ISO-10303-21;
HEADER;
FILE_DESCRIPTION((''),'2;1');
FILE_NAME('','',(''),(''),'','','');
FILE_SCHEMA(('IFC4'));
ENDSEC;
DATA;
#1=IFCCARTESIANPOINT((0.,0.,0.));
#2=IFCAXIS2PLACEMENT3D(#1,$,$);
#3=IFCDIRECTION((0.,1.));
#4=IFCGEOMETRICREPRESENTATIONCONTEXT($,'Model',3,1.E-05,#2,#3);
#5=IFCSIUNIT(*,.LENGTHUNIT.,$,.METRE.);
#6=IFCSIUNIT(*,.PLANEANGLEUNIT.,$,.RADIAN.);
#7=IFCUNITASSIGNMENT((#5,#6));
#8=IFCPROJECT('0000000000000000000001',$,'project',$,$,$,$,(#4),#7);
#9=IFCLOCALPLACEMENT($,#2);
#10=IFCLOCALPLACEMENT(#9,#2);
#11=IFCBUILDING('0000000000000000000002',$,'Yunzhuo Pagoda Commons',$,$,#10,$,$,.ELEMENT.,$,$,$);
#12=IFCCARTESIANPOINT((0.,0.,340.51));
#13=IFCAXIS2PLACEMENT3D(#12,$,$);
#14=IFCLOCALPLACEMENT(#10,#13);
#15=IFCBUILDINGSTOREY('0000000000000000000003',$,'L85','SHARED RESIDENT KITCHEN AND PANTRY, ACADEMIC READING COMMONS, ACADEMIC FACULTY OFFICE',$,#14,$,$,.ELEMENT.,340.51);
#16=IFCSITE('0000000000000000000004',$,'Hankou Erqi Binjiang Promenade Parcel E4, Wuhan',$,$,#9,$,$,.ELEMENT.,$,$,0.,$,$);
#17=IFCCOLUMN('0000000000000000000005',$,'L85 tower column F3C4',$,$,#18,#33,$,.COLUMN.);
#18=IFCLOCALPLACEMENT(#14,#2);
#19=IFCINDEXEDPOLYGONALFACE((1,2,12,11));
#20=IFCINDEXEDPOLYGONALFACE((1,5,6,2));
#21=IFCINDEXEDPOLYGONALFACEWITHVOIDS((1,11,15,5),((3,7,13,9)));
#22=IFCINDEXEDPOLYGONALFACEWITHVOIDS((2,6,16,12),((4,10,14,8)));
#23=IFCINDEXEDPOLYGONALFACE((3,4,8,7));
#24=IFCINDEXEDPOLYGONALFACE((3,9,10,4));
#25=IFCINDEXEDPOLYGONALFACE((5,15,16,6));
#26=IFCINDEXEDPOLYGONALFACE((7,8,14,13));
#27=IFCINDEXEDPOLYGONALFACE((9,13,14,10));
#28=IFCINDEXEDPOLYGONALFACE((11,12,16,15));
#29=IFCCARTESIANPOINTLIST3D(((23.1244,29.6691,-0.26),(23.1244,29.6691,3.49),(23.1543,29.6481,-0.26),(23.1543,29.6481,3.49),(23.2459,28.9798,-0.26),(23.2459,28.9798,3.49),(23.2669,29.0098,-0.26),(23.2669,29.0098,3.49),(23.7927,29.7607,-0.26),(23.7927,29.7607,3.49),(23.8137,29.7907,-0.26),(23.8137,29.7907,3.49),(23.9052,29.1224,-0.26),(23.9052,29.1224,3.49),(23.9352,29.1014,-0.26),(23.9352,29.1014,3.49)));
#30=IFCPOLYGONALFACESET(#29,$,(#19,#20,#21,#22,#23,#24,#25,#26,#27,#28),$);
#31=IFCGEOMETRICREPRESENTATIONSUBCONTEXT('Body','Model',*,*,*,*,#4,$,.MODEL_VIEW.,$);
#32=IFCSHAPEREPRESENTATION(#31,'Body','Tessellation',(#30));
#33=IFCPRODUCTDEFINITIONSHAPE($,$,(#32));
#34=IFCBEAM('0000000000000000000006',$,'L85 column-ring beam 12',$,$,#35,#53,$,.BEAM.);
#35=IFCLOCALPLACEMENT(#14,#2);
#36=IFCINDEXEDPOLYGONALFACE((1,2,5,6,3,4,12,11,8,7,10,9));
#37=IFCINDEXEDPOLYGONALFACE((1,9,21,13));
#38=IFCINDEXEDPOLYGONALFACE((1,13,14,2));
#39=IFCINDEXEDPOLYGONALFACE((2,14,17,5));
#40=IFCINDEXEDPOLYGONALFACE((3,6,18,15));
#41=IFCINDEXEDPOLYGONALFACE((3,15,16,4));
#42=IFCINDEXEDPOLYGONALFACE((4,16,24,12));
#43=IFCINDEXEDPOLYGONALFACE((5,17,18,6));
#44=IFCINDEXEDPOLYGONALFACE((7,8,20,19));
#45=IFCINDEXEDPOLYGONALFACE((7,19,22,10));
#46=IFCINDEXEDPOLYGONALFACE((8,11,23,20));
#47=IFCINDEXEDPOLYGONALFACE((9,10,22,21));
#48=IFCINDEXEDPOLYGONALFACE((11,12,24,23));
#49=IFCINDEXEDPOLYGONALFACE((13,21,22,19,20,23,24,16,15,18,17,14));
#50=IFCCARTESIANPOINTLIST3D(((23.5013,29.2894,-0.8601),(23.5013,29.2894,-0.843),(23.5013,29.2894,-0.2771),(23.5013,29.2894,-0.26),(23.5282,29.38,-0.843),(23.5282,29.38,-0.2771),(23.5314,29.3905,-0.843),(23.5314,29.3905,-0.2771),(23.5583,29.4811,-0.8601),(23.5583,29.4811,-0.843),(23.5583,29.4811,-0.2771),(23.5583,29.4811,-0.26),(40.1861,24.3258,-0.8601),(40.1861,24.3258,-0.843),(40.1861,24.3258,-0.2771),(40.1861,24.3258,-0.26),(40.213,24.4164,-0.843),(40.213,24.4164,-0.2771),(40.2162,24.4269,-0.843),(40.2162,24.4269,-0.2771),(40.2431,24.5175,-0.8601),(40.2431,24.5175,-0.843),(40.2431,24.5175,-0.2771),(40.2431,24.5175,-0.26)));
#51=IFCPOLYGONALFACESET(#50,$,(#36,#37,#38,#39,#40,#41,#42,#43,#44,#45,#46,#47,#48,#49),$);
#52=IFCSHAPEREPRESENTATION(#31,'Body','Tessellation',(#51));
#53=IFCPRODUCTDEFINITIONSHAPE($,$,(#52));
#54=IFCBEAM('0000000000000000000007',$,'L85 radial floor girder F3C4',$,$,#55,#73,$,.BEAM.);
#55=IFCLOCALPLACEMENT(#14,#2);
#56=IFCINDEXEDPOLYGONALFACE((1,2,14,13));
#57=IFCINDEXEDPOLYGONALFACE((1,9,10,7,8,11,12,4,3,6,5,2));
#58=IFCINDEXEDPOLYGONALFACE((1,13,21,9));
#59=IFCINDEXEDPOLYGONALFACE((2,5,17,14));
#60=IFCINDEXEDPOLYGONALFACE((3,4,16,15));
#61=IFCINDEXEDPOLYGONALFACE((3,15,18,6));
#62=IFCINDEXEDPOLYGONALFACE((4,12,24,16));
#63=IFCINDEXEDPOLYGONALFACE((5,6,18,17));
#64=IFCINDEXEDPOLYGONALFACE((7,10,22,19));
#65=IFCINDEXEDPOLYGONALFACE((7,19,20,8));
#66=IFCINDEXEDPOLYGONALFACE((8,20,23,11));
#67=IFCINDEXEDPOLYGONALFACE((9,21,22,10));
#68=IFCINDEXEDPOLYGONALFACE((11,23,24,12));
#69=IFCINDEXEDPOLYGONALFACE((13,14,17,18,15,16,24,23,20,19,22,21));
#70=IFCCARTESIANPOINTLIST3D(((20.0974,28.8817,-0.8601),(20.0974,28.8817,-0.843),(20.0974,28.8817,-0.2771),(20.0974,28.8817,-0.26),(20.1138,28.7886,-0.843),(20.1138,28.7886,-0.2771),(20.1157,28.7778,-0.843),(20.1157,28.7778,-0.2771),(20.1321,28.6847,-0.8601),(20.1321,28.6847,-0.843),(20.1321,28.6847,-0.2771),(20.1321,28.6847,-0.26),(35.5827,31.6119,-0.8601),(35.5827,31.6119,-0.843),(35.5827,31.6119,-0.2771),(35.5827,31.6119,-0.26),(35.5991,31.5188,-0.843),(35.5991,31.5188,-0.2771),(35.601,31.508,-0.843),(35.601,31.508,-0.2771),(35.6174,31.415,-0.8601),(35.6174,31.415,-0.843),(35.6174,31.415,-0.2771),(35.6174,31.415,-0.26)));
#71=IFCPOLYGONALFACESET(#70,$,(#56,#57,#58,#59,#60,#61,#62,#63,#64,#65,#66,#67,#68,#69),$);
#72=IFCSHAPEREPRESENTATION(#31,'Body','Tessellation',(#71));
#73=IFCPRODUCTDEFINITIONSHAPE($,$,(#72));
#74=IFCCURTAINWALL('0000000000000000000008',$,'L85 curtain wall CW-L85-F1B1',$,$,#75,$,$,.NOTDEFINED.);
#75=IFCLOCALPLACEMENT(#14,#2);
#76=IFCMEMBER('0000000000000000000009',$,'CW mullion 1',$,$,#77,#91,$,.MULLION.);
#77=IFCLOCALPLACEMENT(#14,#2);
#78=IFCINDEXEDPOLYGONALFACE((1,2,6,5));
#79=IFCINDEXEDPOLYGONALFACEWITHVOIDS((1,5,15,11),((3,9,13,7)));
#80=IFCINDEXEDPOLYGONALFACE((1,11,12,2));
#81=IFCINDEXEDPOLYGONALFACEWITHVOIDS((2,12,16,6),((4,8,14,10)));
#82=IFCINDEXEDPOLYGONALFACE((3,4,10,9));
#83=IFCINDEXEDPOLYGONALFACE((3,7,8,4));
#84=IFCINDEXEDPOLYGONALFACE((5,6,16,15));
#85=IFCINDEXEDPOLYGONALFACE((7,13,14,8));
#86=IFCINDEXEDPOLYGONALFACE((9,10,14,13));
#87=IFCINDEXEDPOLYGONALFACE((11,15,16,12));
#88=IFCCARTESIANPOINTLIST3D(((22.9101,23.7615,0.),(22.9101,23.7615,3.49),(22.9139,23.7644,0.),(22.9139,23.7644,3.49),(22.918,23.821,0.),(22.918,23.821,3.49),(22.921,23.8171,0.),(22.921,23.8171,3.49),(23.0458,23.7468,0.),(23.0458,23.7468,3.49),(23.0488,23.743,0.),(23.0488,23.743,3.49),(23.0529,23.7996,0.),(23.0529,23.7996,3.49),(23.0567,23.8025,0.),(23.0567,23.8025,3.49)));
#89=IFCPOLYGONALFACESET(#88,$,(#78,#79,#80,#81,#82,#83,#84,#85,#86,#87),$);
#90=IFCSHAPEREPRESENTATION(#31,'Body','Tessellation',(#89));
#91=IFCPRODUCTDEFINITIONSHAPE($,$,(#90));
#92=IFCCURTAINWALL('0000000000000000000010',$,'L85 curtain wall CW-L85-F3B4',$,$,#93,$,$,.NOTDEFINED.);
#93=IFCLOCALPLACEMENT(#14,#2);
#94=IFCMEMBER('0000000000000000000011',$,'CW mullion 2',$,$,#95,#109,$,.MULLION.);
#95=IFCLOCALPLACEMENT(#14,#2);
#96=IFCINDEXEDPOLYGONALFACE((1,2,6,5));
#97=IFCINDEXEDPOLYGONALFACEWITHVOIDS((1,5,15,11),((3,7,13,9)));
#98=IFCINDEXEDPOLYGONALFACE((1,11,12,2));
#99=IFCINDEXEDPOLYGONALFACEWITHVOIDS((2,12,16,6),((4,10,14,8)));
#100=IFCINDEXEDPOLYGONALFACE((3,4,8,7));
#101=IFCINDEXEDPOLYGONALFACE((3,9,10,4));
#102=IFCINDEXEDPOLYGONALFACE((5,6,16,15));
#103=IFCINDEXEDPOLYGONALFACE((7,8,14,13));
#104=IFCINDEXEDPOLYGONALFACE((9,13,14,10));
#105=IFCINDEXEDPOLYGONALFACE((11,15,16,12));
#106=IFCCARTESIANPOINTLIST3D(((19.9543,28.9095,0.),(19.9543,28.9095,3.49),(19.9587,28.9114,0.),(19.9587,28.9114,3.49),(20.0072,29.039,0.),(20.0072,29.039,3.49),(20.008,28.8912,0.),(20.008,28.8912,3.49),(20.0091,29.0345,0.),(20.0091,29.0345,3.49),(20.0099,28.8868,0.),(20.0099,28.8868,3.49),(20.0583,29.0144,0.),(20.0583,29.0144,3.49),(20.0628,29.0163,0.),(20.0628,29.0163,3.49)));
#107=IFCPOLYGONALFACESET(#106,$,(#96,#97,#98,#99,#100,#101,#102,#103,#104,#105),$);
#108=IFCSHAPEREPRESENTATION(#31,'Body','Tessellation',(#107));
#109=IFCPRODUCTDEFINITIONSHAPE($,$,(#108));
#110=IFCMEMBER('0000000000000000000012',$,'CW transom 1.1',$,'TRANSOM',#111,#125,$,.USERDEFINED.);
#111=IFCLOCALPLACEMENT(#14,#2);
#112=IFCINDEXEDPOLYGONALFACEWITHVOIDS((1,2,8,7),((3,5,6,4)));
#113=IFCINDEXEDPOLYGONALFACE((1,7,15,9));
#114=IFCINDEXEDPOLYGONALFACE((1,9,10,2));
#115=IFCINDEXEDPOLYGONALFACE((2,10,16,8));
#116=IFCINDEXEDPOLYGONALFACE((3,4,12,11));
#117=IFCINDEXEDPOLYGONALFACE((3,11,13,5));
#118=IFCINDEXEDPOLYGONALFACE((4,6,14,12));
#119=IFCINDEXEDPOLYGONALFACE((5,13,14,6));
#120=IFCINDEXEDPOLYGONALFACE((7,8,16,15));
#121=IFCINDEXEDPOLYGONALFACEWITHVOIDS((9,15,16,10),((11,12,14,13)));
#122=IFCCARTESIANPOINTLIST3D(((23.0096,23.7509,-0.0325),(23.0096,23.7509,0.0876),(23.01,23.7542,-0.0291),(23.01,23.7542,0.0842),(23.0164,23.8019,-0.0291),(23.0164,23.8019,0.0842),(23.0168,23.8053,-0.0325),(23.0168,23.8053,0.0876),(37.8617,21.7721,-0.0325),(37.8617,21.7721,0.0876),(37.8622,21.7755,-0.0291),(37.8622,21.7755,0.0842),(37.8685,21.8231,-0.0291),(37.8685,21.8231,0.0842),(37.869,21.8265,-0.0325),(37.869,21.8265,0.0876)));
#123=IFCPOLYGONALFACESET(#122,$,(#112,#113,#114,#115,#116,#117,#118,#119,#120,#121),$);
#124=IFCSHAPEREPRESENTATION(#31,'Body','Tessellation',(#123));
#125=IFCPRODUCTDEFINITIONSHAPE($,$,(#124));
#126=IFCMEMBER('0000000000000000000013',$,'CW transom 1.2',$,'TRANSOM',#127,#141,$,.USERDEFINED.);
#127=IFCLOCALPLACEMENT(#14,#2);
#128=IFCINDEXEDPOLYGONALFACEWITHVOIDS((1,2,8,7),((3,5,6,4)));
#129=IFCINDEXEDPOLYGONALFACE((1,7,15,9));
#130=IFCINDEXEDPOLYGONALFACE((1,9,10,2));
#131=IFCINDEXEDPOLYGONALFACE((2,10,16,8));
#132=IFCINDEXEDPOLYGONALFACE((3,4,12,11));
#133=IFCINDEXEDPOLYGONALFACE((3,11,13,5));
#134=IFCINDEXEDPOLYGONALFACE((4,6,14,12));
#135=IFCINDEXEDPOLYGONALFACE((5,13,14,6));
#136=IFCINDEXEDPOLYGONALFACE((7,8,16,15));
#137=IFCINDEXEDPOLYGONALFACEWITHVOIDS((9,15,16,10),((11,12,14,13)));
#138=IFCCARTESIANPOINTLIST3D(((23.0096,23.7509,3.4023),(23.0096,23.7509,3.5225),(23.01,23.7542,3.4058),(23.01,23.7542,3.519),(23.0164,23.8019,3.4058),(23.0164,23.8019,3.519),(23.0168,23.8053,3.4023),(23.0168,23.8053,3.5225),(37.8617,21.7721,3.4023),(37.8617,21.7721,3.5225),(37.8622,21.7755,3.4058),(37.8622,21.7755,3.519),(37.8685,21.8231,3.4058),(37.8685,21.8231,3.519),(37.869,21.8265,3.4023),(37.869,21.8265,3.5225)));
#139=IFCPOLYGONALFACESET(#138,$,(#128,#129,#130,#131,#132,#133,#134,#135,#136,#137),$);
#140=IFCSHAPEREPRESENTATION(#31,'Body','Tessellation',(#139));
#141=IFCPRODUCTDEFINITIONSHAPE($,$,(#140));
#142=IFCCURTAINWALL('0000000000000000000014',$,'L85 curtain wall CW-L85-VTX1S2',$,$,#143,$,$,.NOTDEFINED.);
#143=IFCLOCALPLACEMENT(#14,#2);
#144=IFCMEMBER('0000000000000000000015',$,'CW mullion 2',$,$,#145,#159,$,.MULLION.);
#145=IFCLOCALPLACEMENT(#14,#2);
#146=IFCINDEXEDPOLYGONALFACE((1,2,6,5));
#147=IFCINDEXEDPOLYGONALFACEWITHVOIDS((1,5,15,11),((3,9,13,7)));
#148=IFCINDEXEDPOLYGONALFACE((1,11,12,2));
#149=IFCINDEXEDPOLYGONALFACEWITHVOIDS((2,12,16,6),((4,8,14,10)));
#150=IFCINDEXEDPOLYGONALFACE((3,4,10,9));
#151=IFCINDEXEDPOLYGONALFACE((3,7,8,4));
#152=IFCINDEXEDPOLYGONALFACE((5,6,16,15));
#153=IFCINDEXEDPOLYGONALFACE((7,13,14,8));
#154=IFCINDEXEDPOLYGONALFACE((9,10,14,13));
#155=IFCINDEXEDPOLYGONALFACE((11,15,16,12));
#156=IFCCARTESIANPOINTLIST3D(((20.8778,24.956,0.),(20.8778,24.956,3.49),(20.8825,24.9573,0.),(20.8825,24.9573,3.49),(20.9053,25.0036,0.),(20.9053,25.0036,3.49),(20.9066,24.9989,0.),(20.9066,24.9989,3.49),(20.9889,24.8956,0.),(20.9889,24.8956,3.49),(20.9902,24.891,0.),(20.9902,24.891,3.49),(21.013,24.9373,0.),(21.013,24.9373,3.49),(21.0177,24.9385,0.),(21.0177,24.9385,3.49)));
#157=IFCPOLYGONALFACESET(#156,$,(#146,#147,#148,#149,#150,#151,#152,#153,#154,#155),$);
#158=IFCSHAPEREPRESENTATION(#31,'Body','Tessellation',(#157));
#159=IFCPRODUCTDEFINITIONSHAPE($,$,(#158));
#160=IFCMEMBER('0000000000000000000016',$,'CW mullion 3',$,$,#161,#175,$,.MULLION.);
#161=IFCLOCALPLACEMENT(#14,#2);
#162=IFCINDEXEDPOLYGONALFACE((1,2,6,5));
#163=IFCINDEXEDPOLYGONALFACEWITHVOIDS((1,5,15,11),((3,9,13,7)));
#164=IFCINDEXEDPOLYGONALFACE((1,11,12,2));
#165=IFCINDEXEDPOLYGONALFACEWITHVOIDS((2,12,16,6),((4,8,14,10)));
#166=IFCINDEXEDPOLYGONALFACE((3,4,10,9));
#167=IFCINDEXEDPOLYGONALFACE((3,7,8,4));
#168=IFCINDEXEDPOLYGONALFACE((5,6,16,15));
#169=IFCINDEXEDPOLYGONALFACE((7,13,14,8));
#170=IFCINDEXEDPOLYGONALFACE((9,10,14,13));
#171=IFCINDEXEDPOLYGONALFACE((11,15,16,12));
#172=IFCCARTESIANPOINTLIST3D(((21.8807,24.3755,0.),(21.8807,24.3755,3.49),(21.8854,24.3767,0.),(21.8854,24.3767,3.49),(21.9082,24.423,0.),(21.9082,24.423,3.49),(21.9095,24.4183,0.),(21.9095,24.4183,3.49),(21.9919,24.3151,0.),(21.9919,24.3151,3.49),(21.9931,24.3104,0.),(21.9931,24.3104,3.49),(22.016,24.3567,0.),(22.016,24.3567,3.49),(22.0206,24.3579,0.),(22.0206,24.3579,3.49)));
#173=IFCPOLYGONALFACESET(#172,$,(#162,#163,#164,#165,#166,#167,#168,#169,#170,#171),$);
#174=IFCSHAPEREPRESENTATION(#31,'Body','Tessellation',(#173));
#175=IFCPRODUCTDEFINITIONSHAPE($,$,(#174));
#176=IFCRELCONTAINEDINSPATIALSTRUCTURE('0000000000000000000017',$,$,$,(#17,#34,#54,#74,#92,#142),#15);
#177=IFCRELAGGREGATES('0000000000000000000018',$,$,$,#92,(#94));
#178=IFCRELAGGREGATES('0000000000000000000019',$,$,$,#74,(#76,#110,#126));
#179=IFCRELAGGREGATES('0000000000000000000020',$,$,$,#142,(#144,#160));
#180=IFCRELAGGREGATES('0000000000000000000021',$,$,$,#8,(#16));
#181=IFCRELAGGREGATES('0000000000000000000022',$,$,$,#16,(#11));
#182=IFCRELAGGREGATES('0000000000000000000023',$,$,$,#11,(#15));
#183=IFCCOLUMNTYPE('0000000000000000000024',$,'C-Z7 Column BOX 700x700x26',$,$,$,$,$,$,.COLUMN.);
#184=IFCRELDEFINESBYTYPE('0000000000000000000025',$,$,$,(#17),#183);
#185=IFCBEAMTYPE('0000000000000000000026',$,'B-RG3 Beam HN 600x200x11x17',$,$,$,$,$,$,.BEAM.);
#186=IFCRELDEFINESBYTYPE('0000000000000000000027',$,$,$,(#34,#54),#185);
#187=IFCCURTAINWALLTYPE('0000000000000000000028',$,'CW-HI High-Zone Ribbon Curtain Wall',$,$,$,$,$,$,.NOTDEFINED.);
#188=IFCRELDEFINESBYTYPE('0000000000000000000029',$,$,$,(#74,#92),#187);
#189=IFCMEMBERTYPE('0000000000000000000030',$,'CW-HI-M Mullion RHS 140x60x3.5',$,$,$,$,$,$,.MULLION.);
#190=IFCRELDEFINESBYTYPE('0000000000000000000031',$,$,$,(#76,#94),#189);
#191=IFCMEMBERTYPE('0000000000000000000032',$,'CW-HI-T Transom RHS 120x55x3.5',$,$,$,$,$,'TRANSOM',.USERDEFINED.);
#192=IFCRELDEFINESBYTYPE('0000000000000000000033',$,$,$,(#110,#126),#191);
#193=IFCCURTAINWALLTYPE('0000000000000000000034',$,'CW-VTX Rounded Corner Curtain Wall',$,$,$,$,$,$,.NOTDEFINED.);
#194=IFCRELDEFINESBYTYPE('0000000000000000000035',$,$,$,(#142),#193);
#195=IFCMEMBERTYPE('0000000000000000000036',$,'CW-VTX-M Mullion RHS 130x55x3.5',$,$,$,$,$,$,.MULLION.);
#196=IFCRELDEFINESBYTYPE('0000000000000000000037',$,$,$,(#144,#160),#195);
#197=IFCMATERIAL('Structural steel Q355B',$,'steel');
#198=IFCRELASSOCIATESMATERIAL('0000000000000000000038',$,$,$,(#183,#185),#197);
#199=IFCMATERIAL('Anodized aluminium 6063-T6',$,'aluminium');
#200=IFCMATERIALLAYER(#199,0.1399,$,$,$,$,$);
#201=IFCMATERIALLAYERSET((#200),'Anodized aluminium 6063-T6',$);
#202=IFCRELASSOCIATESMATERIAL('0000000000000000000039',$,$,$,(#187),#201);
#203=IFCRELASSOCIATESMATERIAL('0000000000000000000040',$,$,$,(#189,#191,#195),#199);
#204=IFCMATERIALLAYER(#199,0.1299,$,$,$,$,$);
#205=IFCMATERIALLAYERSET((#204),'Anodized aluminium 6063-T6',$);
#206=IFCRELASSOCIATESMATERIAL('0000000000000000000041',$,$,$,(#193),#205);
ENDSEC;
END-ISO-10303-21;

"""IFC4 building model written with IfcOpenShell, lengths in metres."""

from ifc_helpers import new_model, si_unit, direction, frame, origin, origin_2d, place, context, subcontext, project, spatial, hollow_rectangle, i_section, extrude, source, transform, mapped, material, layer, layer_set, material_profile, profile_set, type_object, element, aggregate, save


model = new_model("IFC4")

# Units and contexts
model_context = context("Model", 3, precision=1e-05, world=origin(), true_north=direction((0.0, 1.0)))
body_context = subcontext(model_context, "Body", "Model", "MODEL_VIEW")
ifc_project = project(units=[si_unit("LENGTHUNIT", "METRE"), si_unit("PLANEANGLEUNIT", "RADIAN")], contexts=[model_context])

# Site, building, storey
site_placement = place(None, origin())
site = spatial("IfcSite", under=ifc_project, at=site_placement, Name="Hankou Erqi Binjiang Promenade Parcel E4, Wuhan", CompositionType="ELEMENT", RefElevation=0.0)
building_placement = place(site_placement, origin())
building = spatial("IfcBuilding", under=site, at=building_placement, Name="Yunzhuo Pagoda Commons", CompositionType="ELEMENT")
storey_placement = place(building_placement, frame((0.0, 0.0, 340.51)))
storey = spatial("IfcBuildingStorey", under=building, at=storey_placement, Name="L85", Description="SHARED RESIDENT KITCHEN AND PANTRY, ACADEMIC READING COMMONS, ACADEMIC FACULTY OFFICE", CompositionType="ELEMENT", Elevation=340.51)

# Column
ifc_material_1 = material(Name="Structural steel Q355B", Category="steel")
ifc_material_profile_1 = material_profile(ifc_material_1, hollow_rectangle(XDim=0.7, YDim=0.7, WallThickness=0.0259, at=origin_2d()), Name="Structural steel Q355B")
ifc_profile_set_1 = profile_set([ifc_material_profile_1], Name="Structural steel Q355B")
column_type = type_object("IfcColumnType", Name="C-Z7 Column BOX 700x700x26", PredefinedType="COLUMN", material=ifc_profile_set_1)
shared_shape_1 = source(origin(), body_context, "Body", "SweptSolid", [
    extrude(hollow_rectangle(XDim=0.7, YDim=0.7, WallThickness=0.0259, at=origin_2d()), origin(), (0.0, 0.0, 1.0), 3.75),
])
column_placement = place(storey_placement, frame((23.5298, 29.3853, -0.26), z_axis=(0.0, 0.0, 1.0), x_axis=(0.173648, -0.984808, 0.0)))
element("IfcColumn", 1, at=column_placement, inside=storey, type_object=column_type, Name="L85 tower column F3C4", PredefinedType="COLUMN", context=body_context, shape_type="MappedRepresentation", body=[
    mapped(shared_shape_1, transform((0.0, 0.0, 0.0), scale=1.0)),
])

# Beams
ifc_material_profile_2 = material_profile(ifc_material_1, i_section(OverallWidth=0.2, OverallDepth=0.6001, WebThickness=0.011, FlangeThickness=0.0171, at=origin_2d()), Name="Structural steel Q355B")
ifc_profile_set_2 = profile_set([ifc_material_profile_2], Name="Structural steel Q355B")
beam_type = type_object("IfcBeamType", Name="B-RG3 Beam HN 600x200x11x17", PredefinedType="BEAM", material=ifc_profile_set_2)
shared_shape_2 = source(origin(), body_context, "Body", "SweptSolid", [
    extrude(i_section(OverallWidth=0.2, OverallDepth=0.6001, WebThickness=0.011, FlangeThickness=0.0171, at=origin_2d()), origin(), (0.0, 0.0, 1.0), 17.4075),
])
beam_1_placement = place(storey_placement, frame((23.5298, 29.3853, -0.5601), z_axis=(0.958485, -0.285143, 0.0), x_axis=(0.285143, 0.958485, 0.0)))
element("IfcBeam", 2, at=beam_1_placement, inside=storey, type_object=beam_type, Name="L85 column-ring beam 12", PredefinedType="BEAM", context=body_context, shape_type="MappedRepresentation", body=[
    mapped(shared_shape_2, transform((0.0, 0.0, 0.0), scale=1.0)),
])
shared_shape_3 = source(origin(), body_context, "Body", "SweptSolid", [
    extrude(i_section(OverallWidth=0.2, OverallDepth=0.6001, WebThickness=0.011, FlangeThickness=0.0171, at=origin_2d()), origin(), (0.0, 0.0, 1.0), 15.7241),
])
beam_2_placement = place(storey_placement, frame((20.1147, 28.7832, -0.5601), z_axis=(0.984811, 0.173632, 0.0), x_axis=(-0.173632, 0.984811, 0.0)))
element("IfcBeam", 3, at=beam_2_placement, inside=storey, type_object=beam_type, Name="L85 radial floor girder F3C4", PredefinedType="BEAM", context=body_context, shape_type="MappedRepresentation", body=[
    mapped(shared_shape_3, transform((0.0, 0.0, 0.0), scale=1.0)),
])

# Curtain walls, members
ifc_material_2 = material(Name="Anodized aluminium 6063-T6", Category="aluminium")
ifc_layer_1 = layer(ifc_material_2, 0.1399)
ifc_layer_set_1 = layer_set([ifc_layer_1], Name="Anodized aluminium 6063-T6")
curtain_wall_type_1 = type_object("IfcCurtainWallType", Name="CW-HI High-Zone Ribbon Curtain Wall", PredefinedType="NOTDEFINED", material=ifc_layer_set_1)
curtain_wall_1_placement = place(storey_placement, origin())
curtain_wall_1 = element("IfcCurtainWall", 4, at=curtain_wall_1_placement, inside=storey, type_object=curtain_wall_type_1, Name="L85 curtain wall CW-L85-F1B1", PredefinedType="NOTDEFINED")
ifc_material_profile_3 = material_profile(ifc_material_2, hollow_rectangle(XDim=0.0601, YDim=0.1399, WallThickness=0.0034, at=origin_2d()), Name="Anodized aluminium 6063-T6")
ifc_profile_set_3 = profile_set([ifc_material_profile_3], Name="Anodized aluminium 6063-T6")
member_type_1 = type_object("IfcMemberType", Name="CW-HI-M Mullion RHS 140x60x3.5", PredefinedType="MULLION", material=ifc_profile_set_3)
shared_shape_4 = source(origin(), body_context, "Body", "SweptSolid", [
    extrude(hollow_rectangle(XDim=0.0601, YDim=0.1399, WallThickness=0.0034, at=origin_2d()), origin(), (0.0, 0.0, 1.0), 3.49),
])
member_1_placement = place(storey_placement, frame((22.9834, 23.782, 0.0), z_axis=(0.0, 0.0, 1.0), x_axis=(0.132069, 0.991241, 0.0)))
member_1 = element("IfcMember", 5, at=member_1_placement, type_object=member_type_1, Name="CW mullion 1", PredefinedType="MULLION", context=body_context, shape_type="MappedRepresentation", body=[
    mapped(shared_shape_4, transform((0.0, 0.0, 0.0), scale=1.0)),
])
curtain_wall_2_placement = place(storey_placement, origin())
curtain_wall_2 = element("IfcCurtainWall", 6, at=curtain_wall_2_placement, inside=storey, type_object=curtain_wall_type_1, Name="L85 curtain wall CW-L85-F3B4", PredefinedType="NOTDEFINED")
member_2_placement = place(storey_placement, frame((20.0085, 28.9629, 0.0), z_axis=(0.0, 0.0, 1.0), x_axis=(0.92573, -0.378185, 0.0)))
member_2 = element("IfcMember", 7, at=member_2_placement, type_object=member_type_1, Name="CW mullion 2", PredefinedType="MULLION", context=body_context, shape_type="MappedRepresentation", body=[
    mapped(shared_shape_4, transform((0.0, 0.0, 0.0), scale=1.0)),
])
aggregate(curtain_wall_2, [member_2])

# Members
ifc_material_profile_4 = material_profile(ifc_material_2, hollow_rectangle(XDim=0.0549, YDim=0.1201, WallThickness=0.0034, at=origin_2d()), Name="Anodized aluminium 6063-T6")
ifc_profile_set_4 = profile_set([ifc_material_profile_4], Name="Anodized aluminium 6063-T6")
member_type_2 = type_object("IfcMemberType", Name="CW-HI-T Transom RHS 120x55x3.5", ElementType="TRANSOM", PredefinedType="USERDEFINED", material=ifc_profile_set_4)
shared_shape_5 = source(origin(), body_context, "Body", "SweptSolid", [
    extrude(hollow_rectangle(XDim=0.0549, YDim=0.1201, WallThickness=0.0034, at=origin_2d()), origin(), (0.0, 0.0, 1.0), 14.9834),
])
member_3_placement = place(storey_placement, frame((23.0132, 23.7781, 0.0276), z_axis=(0.991241, -0.132064, 0.0), x_axis=(0.132064, 0.991241, 0.0)))
member_3 = element("IfcMember", 8, at=member_3_placement, type_object=member_type_2, Name="CW transom 1.1", ObjectType="TRANSOM", PredefinedType="USERDEFINED", context=body_context, shape_type="MappedRepresentation", body=[
    mapped(shared_shape_5, transform((0.0, 0.0, 0.0), scale=1.0)),
])
member_4_placement = place(storey_placement, frame((23.0132, 23.7781, 3.4624), z_axis=(0.991241, -0.132064, 0.0), x_axis=(0.132064, 0.991241, 0.0)))
member_4 = element("IfcMember", 9, at=member_4_placement, type_object=member_type_2, Name="CW transom 1.2", ObjectType="TRANSOM", PredefinedType="USERDEFINED", context=body_context, shape_type="MappedRepresentation", body=[
    mapped(shared_shape_5, transform((0.0, 0.0, 0.0), scale=1.0)),
])

# Curtain wall, members
ifc_layer_2 = layer(ifc_material_2, 0.1299)
ifc_layer_set_2 = layer_set([ifc_layer_2], Name="Anodized aluminium 6063-T6")
curtain_wall_type_2 = type_object("IfcCurtainWallType", Name="CW-VTX Rounded Corner Curtain Wall", PredefinedType="NOTDEFINED", material=ifc_layer_set_2)
curtain_wall_3_placement = place(storey_placement, origin())
curtain_wall_3 = element("IfcCurtainWall", 10, at=curtain_wall_3_placement, inside=storey, type_object=curtain_wall_type_2, Name="L85 curtain wall CW-L85-VTX1S2", PredefinedType="NOTDEFINED")
ifc_material_profile_5 = material_profile(ifc_material_2, hollow_rectangle(XDim=0.0549, YDim=0.1299, WallThickness=0.0034, at=origin_2d()), Name="Anodized aluminium 6063-T6")
ifc_profile_set_5 = profile_set([ifc_material_profile_5], Name="Anodized aluminium 6063-T6")
member_type_3 = type_object("IfcMemberType", Name="CW-VTX-M Mullion RHS 130x55x3.5", PredefinedType="MULLION", material=ifc_profile_set_5)
shared_shape_6 = source(origin(), body_context, "Body", "SweptSolid", [
    extrude(hollow_rectangle(XDim=0.0549, YDim=0.1299, WallThickness=0.0034, at=origin_2d()), origin(), (0.0, 0.0, 1.0), 3.49),
])
member_5_placement = place(storey_placement, frame((20.9478, 24.9473, 0.0), z_axis=(0.0, 0.0, 1.0), x_axis=(0.501028, 0.865431, 0.0)))
member_5 = element("IfcMember", 11, at=member_5_placement, type_object=member_type_3, Name="CW mullion 2", PredefinedType="MULLION", context=body_context, shape_type="MappedRepresentation", body=[
    mapped(shared_shape_6, transform((0.0, 0.0, 0.0), scale=1.0)),
])
member_6_placement = place(storey_placement, frame((21.9507, 24.3667, 0.0), z_axis=(0.0, 0.0, 1.0), x_axis=(0.501028, 0.865431, 0.0)))
member_6 = element("IfcMember", 12, at=member_6_placement, type_object=member_type_3, Name="CW mullion 3", PredefinedType="MULLION", context=body_context, shape_type="MappedRepresentation", body=[
    mapped(shared_shape_6, transform((0.0, 0.0, 0.0), scale=1.0)),
])

aggregate(curtain_wall_1, [member_1, member_3, member_4])
aggregate(curtain_wall_3, [member_5, member_6])

save(model, "model.ifc")
